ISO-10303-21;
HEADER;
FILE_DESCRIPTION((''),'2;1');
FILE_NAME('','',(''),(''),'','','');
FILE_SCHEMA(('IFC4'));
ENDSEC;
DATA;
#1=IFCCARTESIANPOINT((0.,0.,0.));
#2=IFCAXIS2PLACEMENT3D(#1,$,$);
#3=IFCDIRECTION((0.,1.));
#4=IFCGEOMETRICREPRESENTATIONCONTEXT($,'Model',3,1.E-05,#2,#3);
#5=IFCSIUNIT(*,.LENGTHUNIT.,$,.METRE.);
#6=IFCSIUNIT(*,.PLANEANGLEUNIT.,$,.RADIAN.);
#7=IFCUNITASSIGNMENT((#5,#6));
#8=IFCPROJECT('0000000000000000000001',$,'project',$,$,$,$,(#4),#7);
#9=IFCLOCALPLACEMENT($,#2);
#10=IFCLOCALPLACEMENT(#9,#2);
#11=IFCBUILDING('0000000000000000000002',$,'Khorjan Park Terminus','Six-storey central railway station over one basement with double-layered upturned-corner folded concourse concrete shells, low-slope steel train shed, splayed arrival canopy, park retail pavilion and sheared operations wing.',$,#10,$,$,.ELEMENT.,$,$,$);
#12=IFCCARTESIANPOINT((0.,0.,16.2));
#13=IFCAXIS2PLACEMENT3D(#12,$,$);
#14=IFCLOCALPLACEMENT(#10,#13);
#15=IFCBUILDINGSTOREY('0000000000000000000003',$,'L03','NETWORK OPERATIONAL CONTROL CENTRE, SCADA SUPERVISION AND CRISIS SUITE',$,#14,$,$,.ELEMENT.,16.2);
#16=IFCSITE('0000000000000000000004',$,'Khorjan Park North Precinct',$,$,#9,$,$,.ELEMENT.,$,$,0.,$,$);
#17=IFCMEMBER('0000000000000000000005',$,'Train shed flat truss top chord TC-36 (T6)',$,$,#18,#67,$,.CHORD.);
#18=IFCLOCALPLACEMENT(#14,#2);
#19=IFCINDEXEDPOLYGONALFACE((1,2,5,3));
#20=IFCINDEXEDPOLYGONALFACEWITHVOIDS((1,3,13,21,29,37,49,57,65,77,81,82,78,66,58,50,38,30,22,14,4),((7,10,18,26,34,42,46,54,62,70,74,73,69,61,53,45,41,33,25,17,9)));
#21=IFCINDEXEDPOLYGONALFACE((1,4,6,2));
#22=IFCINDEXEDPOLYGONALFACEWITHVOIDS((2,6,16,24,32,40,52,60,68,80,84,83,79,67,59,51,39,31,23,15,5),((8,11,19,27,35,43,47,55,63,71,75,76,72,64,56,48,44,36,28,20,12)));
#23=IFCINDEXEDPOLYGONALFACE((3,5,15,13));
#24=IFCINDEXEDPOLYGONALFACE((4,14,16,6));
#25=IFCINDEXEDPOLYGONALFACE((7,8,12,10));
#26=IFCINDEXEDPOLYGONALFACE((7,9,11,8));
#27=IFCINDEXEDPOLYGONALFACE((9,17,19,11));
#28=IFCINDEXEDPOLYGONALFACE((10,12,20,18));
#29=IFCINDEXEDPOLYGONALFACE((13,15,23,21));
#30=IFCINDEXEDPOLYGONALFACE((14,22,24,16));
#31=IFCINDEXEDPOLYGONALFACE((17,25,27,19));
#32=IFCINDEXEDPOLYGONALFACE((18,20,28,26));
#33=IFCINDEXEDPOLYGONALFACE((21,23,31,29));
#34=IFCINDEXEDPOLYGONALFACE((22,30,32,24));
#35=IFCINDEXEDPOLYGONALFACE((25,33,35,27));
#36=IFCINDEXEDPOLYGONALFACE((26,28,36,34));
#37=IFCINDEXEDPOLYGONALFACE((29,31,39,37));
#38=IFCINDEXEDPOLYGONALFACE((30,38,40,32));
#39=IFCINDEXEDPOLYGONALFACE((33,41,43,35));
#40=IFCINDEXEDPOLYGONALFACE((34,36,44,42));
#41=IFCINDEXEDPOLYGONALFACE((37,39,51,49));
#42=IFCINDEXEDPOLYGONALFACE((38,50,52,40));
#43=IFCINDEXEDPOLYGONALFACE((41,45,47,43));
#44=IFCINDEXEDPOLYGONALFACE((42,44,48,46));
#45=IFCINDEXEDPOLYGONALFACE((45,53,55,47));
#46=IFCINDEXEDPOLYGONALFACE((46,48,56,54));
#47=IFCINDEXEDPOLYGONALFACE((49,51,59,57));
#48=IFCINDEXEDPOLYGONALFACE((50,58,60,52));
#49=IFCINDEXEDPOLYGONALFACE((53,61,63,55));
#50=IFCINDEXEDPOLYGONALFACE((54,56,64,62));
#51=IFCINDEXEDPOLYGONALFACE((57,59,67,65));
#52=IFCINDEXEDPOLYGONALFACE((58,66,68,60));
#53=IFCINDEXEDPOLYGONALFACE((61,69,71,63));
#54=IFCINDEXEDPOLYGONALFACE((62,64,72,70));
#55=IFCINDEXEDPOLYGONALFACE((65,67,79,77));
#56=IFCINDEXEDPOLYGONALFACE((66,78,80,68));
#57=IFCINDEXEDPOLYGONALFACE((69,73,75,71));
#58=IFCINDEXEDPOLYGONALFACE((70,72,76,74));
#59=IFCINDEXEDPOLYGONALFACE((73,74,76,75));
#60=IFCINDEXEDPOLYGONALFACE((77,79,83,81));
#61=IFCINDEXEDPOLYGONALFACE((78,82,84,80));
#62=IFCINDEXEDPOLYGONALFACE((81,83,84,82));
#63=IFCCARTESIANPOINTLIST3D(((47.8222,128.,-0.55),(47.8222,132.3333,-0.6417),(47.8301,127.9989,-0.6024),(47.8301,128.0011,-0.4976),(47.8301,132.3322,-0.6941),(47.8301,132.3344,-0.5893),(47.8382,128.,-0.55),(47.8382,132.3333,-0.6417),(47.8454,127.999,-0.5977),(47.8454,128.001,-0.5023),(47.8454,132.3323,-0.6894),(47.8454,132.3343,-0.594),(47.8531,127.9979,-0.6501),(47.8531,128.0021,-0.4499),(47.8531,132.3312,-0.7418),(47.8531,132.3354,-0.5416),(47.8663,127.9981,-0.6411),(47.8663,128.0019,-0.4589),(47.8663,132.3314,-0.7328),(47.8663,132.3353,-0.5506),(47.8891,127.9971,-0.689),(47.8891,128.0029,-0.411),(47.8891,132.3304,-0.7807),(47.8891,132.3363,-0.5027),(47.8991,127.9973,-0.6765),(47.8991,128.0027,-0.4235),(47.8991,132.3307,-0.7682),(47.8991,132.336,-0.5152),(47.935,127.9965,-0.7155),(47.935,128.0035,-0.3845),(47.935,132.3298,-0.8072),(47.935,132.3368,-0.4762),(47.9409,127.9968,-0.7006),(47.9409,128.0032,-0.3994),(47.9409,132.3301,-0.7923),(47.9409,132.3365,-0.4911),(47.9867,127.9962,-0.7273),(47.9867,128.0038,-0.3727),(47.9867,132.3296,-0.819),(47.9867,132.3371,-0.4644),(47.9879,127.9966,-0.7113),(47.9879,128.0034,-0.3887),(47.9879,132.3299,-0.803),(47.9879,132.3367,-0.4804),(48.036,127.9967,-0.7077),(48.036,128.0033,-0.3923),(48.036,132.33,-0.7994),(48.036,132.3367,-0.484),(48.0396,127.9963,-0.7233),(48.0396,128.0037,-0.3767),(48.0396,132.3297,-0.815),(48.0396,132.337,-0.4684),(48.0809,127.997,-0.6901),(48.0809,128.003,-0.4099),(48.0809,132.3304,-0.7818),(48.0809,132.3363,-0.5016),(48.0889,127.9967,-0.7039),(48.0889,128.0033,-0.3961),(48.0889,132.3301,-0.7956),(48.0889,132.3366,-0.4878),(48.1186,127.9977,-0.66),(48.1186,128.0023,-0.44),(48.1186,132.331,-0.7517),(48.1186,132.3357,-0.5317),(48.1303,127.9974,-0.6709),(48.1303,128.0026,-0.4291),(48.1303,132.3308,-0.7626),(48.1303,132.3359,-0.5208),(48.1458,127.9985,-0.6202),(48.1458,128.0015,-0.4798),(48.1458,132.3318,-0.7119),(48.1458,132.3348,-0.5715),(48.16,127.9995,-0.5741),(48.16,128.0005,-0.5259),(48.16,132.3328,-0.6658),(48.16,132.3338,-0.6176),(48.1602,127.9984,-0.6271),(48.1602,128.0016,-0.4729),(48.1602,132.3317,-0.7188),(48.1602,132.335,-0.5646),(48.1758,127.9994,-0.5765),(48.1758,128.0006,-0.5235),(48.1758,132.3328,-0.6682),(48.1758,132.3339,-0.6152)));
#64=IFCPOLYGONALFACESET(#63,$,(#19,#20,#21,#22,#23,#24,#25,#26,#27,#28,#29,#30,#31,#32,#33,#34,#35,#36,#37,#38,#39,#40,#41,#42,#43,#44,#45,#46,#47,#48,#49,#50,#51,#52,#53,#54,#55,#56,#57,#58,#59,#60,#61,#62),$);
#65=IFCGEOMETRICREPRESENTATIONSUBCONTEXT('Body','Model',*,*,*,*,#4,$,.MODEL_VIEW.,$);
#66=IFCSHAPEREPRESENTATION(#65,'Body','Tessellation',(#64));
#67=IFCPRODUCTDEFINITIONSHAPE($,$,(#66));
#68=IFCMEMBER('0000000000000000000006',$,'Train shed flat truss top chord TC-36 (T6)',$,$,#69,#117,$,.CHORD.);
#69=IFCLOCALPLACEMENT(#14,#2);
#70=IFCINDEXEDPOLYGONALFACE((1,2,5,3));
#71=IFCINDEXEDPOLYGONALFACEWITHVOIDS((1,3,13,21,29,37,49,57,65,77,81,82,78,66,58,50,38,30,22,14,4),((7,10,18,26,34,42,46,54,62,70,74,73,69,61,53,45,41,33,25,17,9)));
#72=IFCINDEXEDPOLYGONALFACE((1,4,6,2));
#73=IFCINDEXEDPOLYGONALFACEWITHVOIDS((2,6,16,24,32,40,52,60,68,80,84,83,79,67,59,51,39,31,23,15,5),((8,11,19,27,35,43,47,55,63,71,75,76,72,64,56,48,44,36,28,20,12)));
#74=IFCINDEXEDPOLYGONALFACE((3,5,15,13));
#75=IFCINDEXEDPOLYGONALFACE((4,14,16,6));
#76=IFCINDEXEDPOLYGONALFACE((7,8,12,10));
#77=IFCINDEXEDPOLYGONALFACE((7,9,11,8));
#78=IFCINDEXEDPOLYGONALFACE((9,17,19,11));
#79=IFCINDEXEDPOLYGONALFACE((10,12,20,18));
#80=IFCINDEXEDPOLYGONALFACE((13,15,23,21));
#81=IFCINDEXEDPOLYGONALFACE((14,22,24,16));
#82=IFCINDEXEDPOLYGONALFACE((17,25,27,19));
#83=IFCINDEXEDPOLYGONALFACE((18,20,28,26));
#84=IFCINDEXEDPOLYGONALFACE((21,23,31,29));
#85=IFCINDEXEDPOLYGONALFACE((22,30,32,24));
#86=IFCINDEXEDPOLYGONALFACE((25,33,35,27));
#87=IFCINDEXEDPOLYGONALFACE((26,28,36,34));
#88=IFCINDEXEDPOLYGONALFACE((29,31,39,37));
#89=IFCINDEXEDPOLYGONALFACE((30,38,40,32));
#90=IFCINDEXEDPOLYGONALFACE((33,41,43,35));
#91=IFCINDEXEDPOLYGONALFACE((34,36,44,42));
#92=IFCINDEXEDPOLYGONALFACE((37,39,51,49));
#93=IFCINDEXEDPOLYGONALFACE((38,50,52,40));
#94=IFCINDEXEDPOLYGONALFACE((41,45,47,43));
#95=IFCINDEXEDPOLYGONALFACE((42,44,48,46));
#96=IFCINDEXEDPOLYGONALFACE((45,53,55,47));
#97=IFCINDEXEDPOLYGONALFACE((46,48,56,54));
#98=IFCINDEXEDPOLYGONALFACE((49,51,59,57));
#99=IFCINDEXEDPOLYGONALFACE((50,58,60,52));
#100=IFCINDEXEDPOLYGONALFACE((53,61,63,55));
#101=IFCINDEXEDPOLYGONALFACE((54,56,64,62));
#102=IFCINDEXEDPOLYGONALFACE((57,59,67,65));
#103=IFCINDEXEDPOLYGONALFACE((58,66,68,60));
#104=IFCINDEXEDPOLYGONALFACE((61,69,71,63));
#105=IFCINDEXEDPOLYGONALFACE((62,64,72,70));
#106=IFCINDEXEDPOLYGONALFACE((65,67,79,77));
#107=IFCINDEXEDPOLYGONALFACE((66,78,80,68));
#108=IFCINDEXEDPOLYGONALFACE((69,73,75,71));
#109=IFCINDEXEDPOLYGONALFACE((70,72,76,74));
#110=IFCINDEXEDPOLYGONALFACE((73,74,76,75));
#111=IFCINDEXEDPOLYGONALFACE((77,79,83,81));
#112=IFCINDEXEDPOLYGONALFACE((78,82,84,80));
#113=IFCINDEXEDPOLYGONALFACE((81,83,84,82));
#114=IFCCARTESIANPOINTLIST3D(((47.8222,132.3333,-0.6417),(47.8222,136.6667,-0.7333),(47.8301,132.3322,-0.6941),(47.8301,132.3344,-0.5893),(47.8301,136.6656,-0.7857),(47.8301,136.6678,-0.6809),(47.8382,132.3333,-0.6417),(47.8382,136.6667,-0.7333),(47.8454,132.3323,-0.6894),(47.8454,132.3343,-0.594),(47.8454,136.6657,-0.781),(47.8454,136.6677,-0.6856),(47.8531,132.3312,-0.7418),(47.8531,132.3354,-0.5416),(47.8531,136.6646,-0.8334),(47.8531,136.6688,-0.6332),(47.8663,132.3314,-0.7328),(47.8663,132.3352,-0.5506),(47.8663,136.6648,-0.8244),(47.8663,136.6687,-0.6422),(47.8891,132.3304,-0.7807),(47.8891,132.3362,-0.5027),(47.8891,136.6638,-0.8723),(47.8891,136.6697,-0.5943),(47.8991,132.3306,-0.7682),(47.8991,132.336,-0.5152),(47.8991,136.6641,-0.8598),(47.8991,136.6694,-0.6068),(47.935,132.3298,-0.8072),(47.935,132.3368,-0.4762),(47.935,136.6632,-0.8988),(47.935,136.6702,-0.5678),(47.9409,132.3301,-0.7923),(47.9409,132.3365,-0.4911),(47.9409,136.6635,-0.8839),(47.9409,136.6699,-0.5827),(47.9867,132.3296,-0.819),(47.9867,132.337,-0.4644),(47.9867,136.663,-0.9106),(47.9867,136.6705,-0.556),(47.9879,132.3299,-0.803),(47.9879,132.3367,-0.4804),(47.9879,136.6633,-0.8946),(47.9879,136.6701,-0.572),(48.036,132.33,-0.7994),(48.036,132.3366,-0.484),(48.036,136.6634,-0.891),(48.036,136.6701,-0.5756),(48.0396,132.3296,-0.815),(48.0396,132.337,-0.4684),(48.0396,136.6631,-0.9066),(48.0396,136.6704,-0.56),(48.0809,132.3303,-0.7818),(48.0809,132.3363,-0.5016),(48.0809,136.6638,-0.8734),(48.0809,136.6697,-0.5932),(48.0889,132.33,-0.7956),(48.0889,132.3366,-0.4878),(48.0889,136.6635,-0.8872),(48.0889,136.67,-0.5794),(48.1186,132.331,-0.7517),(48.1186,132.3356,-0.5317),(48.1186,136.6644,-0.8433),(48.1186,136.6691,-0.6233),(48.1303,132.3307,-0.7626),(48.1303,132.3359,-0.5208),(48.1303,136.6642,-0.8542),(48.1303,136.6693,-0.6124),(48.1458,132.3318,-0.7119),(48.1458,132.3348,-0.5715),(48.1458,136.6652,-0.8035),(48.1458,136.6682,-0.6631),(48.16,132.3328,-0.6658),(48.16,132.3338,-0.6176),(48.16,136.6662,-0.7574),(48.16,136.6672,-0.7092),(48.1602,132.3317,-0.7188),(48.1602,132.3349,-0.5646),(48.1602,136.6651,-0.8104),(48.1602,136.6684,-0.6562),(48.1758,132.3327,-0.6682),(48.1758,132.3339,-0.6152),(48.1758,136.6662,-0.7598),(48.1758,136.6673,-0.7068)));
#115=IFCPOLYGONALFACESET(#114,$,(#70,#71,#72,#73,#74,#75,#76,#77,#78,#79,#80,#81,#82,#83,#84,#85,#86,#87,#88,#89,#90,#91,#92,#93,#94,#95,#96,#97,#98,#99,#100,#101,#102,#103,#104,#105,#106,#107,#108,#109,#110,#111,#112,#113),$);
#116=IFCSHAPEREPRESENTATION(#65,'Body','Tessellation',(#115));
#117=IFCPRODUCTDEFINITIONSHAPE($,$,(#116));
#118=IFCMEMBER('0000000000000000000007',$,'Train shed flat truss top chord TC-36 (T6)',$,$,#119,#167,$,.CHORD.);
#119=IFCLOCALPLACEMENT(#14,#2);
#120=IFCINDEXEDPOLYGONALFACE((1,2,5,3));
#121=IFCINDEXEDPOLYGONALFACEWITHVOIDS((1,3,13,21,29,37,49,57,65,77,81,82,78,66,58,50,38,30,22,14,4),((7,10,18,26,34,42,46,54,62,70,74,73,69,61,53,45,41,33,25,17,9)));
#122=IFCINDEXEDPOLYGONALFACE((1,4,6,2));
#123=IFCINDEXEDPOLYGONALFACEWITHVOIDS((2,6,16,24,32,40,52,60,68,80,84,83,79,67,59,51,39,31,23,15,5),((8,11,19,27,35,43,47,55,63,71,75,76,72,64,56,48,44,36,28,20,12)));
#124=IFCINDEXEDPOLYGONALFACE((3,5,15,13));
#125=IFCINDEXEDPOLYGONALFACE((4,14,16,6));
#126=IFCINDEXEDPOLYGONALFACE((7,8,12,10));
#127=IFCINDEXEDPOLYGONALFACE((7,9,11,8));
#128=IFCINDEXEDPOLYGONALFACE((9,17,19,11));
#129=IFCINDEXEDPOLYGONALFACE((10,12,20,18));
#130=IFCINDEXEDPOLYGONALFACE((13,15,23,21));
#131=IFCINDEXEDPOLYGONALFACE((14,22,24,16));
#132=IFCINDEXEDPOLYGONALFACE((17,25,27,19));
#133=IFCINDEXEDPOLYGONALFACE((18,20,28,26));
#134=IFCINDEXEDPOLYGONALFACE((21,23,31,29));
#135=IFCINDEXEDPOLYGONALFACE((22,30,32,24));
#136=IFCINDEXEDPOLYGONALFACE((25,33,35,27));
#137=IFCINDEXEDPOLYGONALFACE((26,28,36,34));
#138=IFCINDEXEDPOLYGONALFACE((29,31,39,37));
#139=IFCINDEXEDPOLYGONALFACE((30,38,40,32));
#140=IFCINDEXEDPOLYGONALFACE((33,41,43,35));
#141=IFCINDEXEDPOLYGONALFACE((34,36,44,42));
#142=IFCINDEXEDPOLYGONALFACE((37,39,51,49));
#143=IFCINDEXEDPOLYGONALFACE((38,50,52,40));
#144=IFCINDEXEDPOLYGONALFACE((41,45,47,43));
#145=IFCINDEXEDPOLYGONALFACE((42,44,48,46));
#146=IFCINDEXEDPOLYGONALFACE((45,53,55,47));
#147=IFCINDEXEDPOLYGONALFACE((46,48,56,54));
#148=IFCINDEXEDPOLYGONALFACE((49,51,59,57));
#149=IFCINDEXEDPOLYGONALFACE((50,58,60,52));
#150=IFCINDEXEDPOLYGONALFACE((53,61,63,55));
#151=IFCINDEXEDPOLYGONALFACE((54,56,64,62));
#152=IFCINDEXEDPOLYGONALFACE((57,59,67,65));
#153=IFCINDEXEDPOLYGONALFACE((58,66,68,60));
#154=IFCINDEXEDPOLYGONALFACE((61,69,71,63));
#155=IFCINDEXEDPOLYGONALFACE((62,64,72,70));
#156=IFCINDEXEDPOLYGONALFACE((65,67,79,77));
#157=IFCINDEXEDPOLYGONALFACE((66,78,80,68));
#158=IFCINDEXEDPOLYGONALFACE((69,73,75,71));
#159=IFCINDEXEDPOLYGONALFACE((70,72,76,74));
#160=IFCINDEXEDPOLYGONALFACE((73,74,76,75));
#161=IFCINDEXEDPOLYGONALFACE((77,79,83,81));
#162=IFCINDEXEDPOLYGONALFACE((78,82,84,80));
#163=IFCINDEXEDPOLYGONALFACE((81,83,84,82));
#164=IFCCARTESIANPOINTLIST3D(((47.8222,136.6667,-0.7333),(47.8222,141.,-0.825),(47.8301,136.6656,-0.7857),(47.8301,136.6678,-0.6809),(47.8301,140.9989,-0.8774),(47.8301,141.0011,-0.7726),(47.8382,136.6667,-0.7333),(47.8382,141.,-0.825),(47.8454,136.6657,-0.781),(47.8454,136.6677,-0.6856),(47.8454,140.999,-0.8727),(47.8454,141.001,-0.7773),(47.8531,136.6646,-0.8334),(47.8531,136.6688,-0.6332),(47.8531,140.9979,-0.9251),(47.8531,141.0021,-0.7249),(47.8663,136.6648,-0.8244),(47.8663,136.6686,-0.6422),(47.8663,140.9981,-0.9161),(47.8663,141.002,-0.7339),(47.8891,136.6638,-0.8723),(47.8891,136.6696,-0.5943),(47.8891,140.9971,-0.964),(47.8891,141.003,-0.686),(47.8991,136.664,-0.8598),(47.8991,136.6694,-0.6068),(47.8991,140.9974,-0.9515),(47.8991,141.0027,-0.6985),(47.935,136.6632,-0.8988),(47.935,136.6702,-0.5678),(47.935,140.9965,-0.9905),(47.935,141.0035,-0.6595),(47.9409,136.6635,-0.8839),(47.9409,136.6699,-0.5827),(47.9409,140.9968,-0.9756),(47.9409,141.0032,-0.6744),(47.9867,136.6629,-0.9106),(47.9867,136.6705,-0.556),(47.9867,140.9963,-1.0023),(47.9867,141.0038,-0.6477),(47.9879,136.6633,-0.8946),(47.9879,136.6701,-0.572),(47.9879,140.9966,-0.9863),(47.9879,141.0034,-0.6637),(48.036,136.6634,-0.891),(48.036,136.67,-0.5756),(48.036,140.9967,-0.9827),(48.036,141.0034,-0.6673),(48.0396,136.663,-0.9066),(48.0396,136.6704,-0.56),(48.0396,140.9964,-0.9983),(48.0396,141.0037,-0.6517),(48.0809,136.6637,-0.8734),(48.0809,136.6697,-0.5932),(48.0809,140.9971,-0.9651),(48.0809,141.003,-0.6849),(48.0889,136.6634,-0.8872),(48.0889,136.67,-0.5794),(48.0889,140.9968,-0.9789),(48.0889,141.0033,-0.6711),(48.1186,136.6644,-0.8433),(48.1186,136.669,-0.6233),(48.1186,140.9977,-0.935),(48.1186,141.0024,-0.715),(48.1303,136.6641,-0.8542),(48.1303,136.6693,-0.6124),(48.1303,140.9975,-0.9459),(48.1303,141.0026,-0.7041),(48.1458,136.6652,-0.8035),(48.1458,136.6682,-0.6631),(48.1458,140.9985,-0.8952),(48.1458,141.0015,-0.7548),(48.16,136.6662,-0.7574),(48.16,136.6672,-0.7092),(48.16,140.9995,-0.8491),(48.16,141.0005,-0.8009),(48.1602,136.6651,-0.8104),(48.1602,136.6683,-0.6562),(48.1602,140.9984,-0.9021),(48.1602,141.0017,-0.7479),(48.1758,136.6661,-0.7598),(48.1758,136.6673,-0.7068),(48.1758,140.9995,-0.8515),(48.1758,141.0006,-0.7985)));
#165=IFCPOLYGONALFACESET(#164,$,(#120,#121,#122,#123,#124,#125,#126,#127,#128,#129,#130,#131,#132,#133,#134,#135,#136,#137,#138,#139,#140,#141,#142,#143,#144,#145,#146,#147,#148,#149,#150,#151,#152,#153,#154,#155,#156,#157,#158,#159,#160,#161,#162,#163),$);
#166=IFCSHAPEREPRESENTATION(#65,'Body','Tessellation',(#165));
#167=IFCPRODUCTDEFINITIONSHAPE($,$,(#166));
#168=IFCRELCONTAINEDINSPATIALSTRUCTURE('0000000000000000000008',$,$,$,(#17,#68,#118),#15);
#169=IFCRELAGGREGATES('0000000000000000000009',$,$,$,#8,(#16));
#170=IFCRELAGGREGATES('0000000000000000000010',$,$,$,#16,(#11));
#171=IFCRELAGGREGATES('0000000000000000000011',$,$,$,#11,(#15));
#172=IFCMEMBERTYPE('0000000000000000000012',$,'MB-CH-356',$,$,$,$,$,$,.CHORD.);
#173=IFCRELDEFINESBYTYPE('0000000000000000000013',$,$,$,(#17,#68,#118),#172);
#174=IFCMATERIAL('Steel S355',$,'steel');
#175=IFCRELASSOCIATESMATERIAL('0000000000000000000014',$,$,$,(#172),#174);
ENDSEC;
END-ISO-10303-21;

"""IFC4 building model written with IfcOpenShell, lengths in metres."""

from ifc_helpers import new_model, si_unit, direction, frame, origin, origin_2d, place, context, subcontext, project, spatial, hollow_circle, extrude, material, material_profile, profile_set, type_object, element, save


model = new_model("IFC4")

# Units and contexts
model_context = context("Model", 3, precision=1e-05, world=origin(), true_north=direction((0.0, 1.0)))
body_context = subcontext(model_context, "Body", "Model", "MODEL_VIEW")
ifc_project = project(units=[si_unit("LENGTHUNIT", "METRE"), si_unit("PLANEANGLEUNIT", "RADIAN")], contexts=[model_context])

# Site, building, storey
site_placement = place(None, origin())
site = spatial("IfcSite", under=ifc_project, at=site_placement, Name="Khorjan Park North Precinct", CompositionType="ELEMENT", RefElevation=0.0)
building_placement = place(site_placement, origin())
building = spatial("IfcBuilding", under=site, at=building_placement, Name="Khorjan Park Terminus", Description="Six-storey central railway station over one basement with double-layered upturned-corner folded concourse concrete shells, low-slope steel train shed, splayed arrival canopy, park retail pavilion and sheared operations wing.", CompositionType="ELEMENT")
storey_placement = place(building_placement, frame((0.0, 0.0, 16.2)))
storey = spatial("IfcBuildingStorey", under=building, at=storey_placement, Name="L03", Description="NETWORK OPERATIONAL CONTROL CENTRE, SCADA SUPERVISION AND CRISIS SUITE", CompositionType="ELEMENT", Elevation=16.2)

# Members
ifc_material = material(Name="Steel S355", Category="steel")
ifc_material_profile_1 = material_profile(ifc_material, hollow_circle(Radius=0.1778, WallThickness=0.016, at=origin_2d()), Name="CHS 355.6x16")
ifc_profile_set_1 = profile_set([ifc_material_profile_1], Name="Steel S355")
member_type_1 = type_object("IfcMemberType", Name="MB-CH-356", PredefinedType="CHORD", material=ifc_profile_set_1)
member_1_placement = place(storey_placement, frame((48.0, 128.0, -0.55), z_axis=(0.0, 0.999776, -0.021157), x_axis=(-1.0, 0.0, 0.0)))
element("IfcMember", 1, at=member_1_placement, inside=storey, type_object=member_type_1, Name="Train shed flat truss top chord TC-36 (T6)", PredefinedType="CHORD", context=body_context, shape_type="SweptSolid", body=[
    extrude(hollow_circle(Radius=0.1778, WallThickness=0.016, at=origin_2d()), origin(), (0.0, 0.0, 1.0), 4.3343),
])
member_2_placement = place(storey_placement, frame((48.0, 132.3333, -0.6417), z_axis=(0.0, 0.999777, -0.021133), x_axis=(-1.0, 0.0, 0.0)))
element("IfcMember", 2, at=member_2_placement, inside=storey, type_object=member_type_1, Name="Train shed flat truss top chord TC-36 (T6)", PredefinedType="CHORD", context=body_context, shape_type="SweptSolid", body=[
    extrude(hollow_circle(Radius=0.1778, WallThickness=0.016, at=origin_2d()), origin(), (0.0, 0.0, 1.0), 4.3344),
])
member_3_placement = place(storey_placement, frame((48.0, 136.6667, -0.7333), z_axis=(0.0, 0.999776, -0.021157), x_axis=(-1.0, 0.0, 0.0)))
element("IfcMember", 3, at=member_3_placement, inside=storey, type_object=member_type_1, Name="Train shed flat truss top chord TC-36 (T6)", PredefinedType="CHORD", context=body_context, shape_type="SweptSolid", body=[
    extrude(hollow_circle(Radius=0.1778, WallThickness=0.016, at=origin_2d()), origin(), (0.0, 0.0, 1.0), 4.3343),
])

save(model, "model.ifc")
